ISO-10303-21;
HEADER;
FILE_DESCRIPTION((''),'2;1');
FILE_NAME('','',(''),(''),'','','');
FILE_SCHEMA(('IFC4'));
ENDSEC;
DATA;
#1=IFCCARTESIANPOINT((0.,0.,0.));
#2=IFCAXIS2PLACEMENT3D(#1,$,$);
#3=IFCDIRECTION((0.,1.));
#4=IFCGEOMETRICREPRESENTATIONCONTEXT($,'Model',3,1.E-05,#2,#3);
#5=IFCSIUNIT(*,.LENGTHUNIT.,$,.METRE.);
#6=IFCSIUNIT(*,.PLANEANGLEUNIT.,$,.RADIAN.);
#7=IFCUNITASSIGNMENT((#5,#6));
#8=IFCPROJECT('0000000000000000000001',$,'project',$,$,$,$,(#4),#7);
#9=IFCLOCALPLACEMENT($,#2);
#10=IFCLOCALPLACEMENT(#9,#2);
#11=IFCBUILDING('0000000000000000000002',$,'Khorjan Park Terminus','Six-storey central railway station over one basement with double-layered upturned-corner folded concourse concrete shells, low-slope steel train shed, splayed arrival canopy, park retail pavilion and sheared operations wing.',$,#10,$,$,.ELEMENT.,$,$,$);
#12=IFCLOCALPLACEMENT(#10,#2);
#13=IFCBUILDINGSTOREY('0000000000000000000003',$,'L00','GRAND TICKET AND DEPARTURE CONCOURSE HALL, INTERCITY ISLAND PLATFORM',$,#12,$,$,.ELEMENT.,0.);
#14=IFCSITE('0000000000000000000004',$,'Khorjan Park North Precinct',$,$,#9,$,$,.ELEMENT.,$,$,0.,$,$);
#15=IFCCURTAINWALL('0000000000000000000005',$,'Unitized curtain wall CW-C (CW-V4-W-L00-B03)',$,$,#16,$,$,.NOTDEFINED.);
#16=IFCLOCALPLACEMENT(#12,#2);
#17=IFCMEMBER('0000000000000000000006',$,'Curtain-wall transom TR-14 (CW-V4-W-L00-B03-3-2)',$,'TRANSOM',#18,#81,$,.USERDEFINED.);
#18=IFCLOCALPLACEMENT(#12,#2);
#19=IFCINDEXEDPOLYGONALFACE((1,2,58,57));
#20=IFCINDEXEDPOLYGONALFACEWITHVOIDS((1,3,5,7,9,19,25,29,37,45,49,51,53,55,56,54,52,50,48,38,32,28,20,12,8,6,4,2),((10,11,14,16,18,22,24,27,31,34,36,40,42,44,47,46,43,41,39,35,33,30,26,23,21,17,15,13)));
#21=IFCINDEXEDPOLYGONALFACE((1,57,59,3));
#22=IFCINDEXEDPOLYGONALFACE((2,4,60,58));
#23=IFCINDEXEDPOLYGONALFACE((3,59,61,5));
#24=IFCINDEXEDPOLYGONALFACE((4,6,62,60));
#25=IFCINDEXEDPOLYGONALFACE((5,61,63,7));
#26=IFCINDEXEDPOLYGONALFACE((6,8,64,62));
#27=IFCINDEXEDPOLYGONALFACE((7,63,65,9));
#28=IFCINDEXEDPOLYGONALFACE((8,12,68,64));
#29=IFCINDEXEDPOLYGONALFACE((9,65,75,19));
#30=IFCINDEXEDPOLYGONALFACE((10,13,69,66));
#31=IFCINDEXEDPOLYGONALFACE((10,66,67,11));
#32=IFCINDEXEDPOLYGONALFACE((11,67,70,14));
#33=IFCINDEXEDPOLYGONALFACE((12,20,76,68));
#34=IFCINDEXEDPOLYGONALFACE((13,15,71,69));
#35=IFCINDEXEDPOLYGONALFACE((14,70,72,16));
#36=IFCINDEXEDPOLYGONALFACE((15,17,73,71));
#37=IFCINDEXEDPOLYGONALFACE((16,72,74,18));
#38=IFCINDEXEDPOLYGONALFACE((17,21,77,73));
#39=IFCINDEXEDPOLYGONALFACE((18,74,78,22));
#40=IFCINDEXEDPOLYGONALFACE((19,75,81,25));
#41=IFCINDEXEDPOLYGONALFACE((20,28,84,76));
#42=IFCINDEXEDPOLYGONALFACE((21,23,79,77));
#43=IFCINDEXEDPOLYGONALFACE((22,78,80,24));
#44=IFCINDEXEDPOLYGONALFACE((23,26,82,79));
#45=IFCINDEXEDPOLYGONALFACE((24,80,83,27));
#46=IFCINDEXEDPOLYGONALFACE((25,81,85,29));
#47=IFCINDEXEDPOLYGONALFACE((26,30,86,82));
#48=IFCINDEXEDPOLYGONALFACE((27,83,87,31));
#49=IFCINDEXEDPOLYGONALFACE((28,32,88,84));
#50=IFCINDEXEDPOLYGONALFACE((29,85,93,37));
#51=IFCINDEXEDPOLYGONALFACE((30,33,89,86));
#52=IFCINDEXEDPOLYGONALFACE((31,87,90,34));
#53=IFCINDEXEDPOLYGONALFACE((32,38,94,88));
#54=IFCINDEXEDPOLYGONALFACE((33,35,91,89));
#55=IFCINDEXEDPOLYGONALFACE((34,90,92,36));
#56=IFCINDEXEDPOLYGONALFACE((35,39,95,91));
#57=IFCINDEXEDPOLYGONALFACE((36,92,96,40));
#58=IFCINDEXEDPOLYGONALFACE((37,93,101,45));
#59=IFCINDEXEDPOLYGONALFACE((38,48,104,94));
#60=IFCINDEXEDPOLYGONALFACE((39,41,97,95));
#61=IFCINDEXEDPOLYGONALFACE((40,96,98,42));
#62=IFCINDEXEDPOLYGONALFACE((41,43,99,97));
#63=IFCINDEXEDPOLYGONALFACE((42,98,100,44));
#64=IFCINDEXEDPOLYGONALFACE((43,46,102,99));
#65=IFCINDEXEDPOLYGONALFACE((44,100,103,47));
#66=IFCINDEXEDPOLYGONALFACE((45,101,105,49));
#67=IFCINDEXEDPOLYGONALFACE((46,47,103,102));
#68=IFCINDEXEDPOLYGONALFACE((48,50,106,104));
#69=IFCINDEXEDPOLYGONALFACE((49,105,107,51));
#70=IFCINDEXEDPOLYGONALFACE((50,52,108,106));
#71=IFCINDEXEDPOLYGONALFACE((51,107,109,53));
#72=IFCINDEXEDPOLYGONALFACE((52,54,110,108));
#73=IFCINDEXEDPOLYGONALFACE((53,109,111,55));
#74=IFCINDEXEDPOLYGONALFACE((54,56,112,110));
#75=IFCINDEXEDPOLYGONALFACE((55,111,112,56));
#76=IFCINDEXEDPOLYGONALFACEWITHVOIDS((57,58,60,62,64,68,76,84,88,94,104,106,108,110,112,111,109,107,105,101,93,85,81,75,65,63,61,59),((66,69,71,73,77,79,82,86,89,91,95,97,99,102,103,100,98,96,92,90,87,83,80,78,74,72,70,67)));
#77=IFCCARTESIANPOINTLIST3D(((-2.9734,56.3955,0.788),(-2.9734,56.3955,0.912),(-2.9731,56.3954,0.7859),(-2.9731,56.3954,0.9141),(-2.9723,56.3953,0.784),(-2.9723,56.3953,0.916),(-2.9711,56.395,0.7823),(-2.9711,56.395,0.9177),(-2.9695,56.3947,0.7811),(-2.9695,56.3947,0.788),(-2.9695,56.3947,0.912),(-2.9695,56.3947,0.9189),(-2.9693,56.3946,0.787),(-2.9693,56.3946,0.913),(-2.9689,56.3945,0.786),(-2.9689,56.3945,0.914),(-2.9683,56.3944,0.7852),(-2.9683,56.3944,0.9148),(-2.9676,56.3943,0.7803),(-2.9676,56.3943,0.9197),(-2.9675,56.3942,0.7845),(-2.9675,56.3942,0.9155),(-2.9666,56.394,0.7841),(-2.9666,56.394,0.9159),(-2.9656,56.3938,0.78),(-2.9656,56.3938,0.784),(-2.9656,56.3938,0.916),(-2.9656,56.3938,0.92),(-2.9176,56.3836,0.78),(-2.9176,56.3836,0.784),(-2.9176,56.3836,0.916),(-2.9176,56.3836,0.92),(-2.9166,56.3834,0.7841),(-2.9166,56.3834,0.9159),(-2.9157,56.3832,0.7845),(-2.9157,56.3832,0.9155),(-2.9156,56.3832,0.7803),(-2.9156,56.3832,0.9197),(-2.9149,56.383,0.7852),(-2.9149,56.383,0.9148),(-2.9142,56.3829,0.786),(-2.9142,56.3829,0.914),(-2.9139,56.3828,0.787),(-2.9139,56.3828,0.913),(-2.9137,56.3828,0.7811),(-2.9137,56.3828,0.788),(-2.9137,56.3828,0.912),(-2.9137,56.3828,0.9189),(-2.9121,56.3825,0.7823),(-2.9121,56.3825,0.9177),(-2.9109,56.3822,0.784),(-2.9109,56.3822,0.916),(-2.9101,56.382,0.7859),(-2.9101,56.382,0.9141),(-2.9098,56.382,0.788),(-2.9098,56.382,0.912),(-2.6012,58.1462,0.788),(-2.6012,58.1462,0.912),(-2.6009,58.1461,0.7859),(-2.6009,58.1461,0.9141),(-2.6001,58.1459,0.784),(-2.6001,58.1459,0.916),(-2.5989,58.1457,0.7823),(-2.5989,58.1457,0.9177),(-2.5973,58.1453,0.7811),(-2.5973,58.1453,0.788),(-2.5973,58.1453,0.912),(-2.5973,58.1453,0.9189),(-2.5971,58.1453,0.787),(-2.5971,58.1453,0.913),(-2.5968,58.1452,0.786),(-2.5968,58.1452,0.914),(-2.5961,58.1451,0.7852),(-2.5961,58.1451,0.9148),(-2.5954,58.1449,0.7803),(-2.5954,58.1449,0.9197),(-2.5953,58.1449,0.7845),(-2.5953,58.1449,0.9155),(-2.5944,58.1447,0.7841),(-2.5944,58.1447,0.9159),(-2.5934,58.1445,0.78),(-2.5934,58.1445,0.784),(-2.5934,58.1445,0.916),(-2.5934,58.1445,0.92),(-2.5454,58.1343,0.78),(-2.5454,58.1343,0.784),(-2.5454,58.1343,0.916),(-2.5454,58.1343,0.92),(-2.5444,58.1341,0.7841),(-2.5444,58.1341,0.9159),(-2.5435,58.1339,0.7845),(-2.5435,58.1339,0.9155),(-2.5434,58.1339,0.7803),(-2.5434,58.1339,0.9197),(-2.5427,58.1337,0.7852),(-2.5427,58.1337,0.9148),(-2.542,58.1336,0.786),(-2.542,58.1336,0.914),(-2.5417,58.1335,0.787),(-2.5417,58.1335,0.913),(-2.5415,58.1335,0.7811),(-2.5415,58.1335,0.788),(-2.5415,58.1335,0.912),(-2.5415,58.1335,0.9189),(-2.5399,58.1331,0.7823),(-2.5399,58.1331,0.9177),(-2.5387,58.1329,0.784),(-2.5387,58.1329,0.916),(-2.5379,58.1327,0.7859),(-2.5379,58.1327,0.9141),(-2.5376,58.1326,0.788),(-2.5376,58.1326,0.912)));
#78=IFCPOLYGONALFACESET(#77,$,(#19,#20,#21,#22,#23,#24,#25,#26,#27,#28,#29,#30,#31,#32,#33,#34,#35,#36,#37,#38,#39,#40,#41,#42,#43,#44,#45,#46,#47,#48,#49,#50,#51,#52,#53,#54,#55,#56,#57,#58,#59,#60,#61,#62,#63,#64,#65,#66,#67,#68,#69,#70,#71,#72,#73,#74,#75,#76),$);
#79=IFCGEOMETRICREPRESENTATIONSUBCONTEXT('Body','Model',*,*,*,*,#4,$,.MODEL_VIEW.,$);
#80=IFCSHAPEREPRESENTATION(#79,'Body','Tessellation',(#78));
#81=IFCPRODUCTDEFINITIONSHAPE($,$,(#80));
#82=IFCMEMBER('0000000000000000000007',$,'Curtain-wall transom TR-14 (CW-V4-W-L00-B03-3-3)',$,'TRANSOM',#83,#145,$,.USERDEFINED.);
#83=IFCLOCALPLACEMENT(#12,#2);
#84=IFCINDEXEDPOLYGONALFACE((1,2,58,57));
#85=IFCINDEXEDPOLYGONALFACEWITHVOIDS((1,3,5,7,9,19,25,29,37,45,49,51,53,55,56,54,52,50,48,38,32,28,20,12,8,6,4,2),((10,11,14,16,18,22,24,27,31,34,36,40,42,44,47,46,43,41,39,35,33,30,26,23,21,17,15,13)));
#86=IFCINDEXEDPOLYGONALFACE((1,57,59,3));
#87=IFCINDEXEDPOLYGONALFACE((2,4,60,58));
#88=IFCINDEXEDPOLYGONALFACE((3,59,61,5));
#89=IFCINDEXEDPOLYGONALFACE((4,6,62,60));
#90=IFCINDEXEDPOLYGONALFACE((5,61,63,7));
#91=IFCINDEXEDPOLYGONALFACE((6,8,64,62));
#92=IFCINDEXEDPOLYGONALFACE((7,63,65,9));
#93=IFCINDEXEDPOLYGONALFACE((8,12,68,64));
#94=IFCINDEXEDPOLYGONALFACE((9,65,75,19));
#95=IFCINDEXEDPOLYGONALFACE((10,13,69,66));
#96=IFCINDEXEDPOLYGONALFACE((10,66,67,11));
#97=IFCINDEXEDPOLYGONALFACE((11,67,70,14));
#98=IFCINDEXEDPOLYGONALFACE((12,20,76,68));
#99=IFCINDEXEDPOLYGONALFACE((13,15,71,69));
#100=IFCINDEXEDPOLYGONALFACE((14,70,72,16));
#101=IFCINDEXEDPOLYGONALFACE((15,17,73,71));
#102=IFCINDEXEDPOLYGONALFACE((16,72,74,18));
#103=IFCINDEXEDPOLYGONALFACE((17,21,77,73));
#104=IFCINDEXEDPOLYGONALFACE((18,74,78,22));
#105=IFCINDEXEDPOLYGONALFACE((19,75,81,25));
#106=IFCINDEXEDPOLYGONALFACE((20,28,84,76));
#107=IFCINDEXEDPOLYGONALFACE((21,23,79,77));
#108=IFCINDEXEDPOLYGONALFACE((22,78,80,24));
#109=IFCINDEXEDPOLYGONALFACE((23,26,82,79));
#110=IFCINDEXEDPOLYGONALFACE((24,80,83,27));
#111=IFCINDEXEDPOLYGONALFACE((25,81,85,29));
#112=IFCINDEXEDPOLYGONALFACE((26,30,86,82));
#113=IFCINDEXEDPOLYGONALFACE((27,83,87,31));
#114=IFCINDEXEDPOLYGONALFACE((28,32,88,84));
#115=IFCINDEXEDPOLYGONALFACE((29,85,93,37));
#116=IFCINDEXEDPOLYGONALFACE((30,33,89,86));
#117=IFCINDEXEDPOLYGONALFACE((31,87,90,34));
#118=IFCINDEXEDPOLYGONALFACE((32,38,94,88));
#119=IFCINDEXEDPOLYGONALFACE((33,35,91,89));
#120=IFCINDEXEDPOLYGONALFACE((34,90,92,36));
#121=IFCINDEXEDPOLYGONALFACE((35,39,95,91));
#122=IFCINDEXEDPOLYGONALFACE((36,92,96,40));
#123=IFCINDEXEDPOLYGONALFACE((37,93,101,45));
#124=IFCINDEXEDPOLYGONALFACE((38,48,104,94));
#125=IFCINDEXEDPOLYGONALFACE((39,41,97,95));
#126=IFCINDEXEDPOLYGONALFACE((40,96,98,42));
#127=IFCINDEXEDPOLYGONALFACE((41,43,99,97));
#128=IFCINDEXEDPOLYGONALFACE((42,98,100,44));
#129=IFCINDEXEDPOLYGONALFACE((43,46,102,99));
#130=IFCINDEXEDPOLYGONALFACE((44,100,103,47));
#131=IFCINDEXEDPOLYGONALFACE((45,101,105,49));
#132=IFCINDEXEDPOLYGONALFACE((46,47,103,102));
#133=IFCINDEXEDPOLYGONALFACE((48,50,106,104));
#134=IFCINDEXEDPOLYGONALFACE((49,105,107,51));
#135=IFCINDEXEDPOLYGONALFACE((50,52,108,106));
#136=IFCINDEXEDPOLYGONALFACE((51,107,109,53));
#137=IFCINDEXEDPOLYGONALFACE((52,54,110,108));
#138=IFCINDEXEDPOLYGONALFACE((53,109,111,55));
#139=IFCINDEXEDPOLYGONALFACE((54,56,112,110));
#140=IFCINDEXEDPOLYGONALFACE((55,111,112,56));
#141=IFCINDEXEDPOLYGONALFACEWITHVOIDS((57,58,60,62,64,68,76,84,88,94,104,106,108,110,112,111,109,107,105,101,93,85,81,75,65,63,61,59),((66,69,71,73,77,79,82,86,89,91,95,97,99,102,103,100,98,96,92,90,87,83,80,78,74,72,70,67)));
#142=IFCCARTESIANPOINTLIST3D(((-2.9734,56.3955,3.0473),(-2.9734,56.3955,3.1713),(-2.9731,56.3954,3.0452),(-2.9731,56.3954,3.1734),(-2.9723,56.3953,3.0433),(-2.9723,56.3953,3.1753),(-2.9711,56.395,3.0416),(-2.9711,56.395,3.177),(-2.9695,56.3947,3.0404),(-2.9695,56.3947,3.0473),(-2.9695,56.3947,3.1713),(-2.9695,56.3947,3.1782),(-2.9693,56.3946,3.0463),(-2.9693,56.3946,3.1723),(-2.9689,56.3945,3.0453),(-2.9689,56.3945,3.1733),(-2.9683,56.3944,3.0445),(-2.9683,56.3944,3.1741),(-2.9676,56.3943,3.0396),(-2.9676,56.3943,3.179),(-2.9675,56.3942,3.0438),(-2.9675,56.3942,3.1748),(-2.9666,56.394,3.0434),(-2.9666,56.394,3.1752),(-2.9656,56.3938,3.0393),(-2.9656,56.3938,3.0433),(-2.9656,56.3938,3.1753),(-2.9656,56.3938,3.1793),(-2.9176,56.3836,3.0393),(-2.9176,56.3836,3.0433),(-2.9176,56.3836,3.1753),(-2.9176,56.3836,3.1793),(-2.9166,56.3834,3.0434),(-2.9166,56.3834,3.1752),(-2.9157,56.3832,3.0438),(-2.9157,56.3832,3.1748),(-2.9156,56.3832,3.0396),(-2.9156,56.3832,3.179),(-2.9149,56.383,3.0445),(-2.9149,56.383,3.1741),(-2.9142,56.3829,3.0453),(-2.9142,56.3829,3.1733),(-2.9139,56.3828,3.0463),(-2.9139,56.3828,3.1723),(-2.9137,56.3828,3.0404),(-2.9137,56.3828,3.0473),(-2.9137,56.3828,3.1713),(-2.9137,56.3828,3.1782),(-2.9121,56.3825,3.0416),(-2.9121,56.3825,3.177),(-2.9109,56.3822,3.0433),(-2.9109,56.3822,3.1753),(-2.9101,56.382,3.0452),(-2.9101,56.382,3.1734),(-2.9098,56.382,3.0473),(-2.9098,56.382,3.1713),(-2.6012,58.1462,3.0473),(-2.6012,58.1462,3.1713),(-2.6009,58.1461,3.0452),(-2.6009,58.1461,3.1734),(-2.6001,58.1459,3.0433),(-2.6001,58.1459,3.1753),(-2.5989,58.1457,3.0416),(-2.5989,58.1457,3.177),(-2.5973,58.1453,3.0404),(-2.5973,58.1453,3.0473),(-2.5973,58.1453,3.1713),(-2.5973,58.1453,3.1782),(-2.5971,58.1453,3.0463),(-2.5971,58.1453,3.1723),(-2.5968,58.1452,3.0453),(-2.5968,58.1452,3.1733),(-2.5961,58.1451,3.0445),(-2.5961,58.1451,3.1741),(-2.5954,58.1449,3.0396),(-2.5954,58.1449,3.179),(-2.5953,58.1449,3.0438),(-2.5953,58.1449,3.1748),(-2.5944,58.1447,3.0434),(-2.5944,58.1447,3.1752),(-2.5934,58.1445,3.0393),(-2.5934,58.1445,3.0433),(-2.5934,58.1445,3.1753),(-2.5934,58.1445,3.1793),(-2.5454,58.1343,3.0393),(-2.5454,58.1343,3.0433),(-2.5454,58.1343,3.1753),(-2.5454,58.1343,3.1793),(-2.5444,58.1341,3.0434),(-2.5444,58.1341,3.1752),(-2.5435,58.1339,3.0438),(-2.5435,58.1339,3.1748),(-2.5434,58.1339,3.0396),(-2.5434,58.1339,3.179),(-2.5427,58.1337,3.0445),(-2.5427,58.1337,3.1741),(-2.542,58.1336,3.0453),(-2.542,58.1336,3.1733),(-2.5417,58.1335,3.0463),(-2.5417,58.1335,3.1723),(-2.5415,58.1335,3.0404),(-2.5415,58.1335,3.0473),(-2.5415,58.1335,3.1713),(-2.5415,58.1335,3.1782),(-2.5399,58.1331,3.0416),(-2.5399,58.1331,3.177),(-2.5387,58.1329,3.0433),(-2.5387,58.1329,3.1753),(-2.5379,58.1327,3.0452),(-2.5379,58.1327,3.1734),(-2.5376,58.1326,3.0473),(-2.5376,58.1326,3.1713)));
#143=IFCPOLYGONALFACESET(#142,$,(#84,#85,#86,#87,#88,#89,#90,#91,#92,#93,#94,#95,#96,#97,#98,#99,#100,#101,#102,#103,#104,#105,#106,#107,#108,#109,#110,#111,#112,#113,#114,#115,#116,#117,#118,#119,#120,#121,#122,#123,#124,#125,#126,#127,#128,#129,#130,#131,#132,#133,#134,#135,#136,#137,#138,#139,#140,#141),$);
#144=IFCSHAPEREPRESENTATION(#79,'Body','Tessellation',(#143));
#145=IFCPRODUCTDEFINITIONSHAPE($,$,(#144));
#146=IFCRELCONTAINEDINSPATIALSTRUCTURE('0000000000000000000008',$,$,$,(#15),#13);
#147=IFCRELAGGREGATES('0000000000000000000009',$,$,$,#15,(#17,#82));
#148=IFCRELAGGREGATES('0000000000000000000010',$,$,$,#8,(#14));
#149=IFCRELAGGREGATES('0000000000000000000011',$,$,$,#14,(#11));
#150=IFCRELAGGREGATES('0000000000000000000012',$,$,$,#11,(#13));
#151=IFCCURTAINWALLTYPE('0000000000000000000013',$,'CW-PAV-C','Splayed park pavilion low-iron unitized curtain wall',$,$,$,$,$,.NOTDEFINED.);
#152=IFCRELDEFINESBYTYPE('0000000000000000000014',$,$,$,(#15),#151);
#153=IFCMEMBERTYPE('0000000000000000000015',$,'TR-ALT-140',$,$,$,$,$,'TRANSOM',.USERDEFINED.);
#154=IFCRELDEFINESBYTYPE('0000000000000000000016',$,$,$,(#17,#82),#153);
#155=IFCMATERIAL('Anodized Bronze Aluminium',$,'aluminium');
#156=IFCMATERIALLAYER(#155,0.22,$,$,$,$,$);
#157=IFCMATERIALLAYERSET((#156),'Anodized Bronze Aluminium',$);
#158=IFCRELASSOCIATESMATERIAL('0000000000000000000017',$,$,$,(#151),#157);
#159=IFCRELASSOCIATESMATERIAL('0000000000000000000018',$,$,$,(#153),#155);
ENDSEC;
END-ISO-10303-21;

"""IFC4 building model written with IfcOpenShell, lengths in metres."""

from ifc_helpers import new_model, si_unit, direction, frame, origin, origin_2d, place, context, subcontext, project, spatial, hollow_rectangle, extrude, material, layer, layer_set, material_profile, profile_set, type_object, element, aggregate, save


model = new_model("IFC4")

# Units and contexts
model_context = context("Model", 3, precision=1e-05, world=origin(), true_north=direction((0.0, 1.0)))
body_context = subcontext(model_context, "Body", "Model", "MODEL_VIEW")
ifc_project = project(units=[si_unit("LENGTHUNIT", "METRE"), si_unit("PLANEANGLEUNIT", "RADIAN")], contexts=[model_context])

# Site, building, storey
site_placement = place(None, origin())
site = spatial("IfcSite", under=ifc_project, at=site_placement, Name="Khorjan Park North Precinct", CompositionType="ELEMENT", RefElevation=0.0)
building_placement = place(site_placement, origin())
building = spatial("IfcBuilding", under=site, at=building_placement, Name="Khorjan Park Terminus", Description="Six-storey central railway station over one basement with double-layered upturned-corner folded concourse concrete shells, low-slope steel train shed, splayed arrival canopy, park retail pavilion and sheared operations wing.", CompositionType="ELEMENT")
storey_placement = place(building_placement, origin())
storey = spatial("IfcBuildingStorey", under=building, at=storey_placement, Name="L00", Description="GRAND TICKET AND DEPARTURE CONCOURSE HALL, INTERCITY ISLAND PLATFORM", CompositionType="ELEMENT", Elevation=0.0)

# Curtain wall, members
ifc_material_1 = material(Name="Anodized Bronze Aluminium", Category="aluminium")
ifc_layer_1 = layer(ifc_material_1, 0.22)
ifc_layer_set_1 = layer_set([ifc_layer_1], Name="Anodized Bronze Aluminium")
curtain_wall_type = type_object("IfcCurtainWallType", Name="CW-PAV-C", Description="Splayed park pavilion low-iron unitized curtain wall", PredefinedType="NOTDEFINED", material=ifc_layer_set_1)
curtain_wall_placement = place(storey_placement, origin())
curtain_wall = element("IfcCurtainWall", 1, at=curtain_wall_placement, inside=storey, type_object=curtain_wall_type, Name="Unitized curtain wall CW-C (CW-V4-W-L00-B03)", PredefinedType="NOTDEFINED")
ifc_material_profile_1 = material_profile(ifc_material_1, hollow_rectangle(XDim=0.065, YDim=0.14, WallThickness=0.004, InnerFilletRadius=0.004, OuterFilletRadius=0.008, at=origin_2d()), Name="ALT 65x140x4")
ifc_profile_set_1 = profile_set([ifc_material_profile_1], Name="Anodized Bronze Aluminium")
member_type_1 = type_object("IfcMemberType", Name="TR-ALT-140", ElementType="TRANSOM", PredefinedType="USERDEFINED", material=ifc_profile_set_1)
member_1_placement = place(storey_placement, frame((-2.5694, 58.1394, 0.85), z_axis=(-0.207953, -0.978139, 0.0), x_axis=(0.978139, -0.207953, 0.0)))
member_1 = element("IfcMember", 2, at=member_1_placement, type_object=member_type_1, Name="Curtain-wall transom TR-14 (CW-V4-W-L00-B03-3-2)", ObjectType="TRANSOM", PredefinedType="USERDEFINED", context=body_context, shape_type="SweptSolid", body=[
    extrude(hollow_rectangle(XDim=0.065, YDim=0.14, WallThickness=0.004, InnerFilletRadius=0.004, OuterFilletRadius=0.008, at=origin_2d()), origin(), (0.0, 0.0, 1.0), 1.7898),
])
member_2_placement = place(storey_placement, frame((-2.5694, 58.1394, 3.1093), z_axis=(-0.207953, -0.978139, 0.0), x_axis=(0.978139, -0.207953, 0.0)))
member_2 = element("IfcMember", 3, at=member_2_placement, type_object=member_type_1, Name="Curtain-wall transom TR-14 (CW-V4-W-L00-B03-3-3)", ObjectType="TRANSOM", PredefinedType="USERDEFINED", context=body_context, shape_type="SweptSolid", body=[
    extrude(hollow_rectangle(XDim=0.065, YDim=0.14, WallThickness=0.004, InnerFilletRadius=0.004, OuterFilletRadius=0.008, at=origin_2d()), origin(), (0.0, 0.0, 1.0), 1.7898),
])
aggregate(curtain_wall, [member_1, member_2])

save(model, "model.ifc")
